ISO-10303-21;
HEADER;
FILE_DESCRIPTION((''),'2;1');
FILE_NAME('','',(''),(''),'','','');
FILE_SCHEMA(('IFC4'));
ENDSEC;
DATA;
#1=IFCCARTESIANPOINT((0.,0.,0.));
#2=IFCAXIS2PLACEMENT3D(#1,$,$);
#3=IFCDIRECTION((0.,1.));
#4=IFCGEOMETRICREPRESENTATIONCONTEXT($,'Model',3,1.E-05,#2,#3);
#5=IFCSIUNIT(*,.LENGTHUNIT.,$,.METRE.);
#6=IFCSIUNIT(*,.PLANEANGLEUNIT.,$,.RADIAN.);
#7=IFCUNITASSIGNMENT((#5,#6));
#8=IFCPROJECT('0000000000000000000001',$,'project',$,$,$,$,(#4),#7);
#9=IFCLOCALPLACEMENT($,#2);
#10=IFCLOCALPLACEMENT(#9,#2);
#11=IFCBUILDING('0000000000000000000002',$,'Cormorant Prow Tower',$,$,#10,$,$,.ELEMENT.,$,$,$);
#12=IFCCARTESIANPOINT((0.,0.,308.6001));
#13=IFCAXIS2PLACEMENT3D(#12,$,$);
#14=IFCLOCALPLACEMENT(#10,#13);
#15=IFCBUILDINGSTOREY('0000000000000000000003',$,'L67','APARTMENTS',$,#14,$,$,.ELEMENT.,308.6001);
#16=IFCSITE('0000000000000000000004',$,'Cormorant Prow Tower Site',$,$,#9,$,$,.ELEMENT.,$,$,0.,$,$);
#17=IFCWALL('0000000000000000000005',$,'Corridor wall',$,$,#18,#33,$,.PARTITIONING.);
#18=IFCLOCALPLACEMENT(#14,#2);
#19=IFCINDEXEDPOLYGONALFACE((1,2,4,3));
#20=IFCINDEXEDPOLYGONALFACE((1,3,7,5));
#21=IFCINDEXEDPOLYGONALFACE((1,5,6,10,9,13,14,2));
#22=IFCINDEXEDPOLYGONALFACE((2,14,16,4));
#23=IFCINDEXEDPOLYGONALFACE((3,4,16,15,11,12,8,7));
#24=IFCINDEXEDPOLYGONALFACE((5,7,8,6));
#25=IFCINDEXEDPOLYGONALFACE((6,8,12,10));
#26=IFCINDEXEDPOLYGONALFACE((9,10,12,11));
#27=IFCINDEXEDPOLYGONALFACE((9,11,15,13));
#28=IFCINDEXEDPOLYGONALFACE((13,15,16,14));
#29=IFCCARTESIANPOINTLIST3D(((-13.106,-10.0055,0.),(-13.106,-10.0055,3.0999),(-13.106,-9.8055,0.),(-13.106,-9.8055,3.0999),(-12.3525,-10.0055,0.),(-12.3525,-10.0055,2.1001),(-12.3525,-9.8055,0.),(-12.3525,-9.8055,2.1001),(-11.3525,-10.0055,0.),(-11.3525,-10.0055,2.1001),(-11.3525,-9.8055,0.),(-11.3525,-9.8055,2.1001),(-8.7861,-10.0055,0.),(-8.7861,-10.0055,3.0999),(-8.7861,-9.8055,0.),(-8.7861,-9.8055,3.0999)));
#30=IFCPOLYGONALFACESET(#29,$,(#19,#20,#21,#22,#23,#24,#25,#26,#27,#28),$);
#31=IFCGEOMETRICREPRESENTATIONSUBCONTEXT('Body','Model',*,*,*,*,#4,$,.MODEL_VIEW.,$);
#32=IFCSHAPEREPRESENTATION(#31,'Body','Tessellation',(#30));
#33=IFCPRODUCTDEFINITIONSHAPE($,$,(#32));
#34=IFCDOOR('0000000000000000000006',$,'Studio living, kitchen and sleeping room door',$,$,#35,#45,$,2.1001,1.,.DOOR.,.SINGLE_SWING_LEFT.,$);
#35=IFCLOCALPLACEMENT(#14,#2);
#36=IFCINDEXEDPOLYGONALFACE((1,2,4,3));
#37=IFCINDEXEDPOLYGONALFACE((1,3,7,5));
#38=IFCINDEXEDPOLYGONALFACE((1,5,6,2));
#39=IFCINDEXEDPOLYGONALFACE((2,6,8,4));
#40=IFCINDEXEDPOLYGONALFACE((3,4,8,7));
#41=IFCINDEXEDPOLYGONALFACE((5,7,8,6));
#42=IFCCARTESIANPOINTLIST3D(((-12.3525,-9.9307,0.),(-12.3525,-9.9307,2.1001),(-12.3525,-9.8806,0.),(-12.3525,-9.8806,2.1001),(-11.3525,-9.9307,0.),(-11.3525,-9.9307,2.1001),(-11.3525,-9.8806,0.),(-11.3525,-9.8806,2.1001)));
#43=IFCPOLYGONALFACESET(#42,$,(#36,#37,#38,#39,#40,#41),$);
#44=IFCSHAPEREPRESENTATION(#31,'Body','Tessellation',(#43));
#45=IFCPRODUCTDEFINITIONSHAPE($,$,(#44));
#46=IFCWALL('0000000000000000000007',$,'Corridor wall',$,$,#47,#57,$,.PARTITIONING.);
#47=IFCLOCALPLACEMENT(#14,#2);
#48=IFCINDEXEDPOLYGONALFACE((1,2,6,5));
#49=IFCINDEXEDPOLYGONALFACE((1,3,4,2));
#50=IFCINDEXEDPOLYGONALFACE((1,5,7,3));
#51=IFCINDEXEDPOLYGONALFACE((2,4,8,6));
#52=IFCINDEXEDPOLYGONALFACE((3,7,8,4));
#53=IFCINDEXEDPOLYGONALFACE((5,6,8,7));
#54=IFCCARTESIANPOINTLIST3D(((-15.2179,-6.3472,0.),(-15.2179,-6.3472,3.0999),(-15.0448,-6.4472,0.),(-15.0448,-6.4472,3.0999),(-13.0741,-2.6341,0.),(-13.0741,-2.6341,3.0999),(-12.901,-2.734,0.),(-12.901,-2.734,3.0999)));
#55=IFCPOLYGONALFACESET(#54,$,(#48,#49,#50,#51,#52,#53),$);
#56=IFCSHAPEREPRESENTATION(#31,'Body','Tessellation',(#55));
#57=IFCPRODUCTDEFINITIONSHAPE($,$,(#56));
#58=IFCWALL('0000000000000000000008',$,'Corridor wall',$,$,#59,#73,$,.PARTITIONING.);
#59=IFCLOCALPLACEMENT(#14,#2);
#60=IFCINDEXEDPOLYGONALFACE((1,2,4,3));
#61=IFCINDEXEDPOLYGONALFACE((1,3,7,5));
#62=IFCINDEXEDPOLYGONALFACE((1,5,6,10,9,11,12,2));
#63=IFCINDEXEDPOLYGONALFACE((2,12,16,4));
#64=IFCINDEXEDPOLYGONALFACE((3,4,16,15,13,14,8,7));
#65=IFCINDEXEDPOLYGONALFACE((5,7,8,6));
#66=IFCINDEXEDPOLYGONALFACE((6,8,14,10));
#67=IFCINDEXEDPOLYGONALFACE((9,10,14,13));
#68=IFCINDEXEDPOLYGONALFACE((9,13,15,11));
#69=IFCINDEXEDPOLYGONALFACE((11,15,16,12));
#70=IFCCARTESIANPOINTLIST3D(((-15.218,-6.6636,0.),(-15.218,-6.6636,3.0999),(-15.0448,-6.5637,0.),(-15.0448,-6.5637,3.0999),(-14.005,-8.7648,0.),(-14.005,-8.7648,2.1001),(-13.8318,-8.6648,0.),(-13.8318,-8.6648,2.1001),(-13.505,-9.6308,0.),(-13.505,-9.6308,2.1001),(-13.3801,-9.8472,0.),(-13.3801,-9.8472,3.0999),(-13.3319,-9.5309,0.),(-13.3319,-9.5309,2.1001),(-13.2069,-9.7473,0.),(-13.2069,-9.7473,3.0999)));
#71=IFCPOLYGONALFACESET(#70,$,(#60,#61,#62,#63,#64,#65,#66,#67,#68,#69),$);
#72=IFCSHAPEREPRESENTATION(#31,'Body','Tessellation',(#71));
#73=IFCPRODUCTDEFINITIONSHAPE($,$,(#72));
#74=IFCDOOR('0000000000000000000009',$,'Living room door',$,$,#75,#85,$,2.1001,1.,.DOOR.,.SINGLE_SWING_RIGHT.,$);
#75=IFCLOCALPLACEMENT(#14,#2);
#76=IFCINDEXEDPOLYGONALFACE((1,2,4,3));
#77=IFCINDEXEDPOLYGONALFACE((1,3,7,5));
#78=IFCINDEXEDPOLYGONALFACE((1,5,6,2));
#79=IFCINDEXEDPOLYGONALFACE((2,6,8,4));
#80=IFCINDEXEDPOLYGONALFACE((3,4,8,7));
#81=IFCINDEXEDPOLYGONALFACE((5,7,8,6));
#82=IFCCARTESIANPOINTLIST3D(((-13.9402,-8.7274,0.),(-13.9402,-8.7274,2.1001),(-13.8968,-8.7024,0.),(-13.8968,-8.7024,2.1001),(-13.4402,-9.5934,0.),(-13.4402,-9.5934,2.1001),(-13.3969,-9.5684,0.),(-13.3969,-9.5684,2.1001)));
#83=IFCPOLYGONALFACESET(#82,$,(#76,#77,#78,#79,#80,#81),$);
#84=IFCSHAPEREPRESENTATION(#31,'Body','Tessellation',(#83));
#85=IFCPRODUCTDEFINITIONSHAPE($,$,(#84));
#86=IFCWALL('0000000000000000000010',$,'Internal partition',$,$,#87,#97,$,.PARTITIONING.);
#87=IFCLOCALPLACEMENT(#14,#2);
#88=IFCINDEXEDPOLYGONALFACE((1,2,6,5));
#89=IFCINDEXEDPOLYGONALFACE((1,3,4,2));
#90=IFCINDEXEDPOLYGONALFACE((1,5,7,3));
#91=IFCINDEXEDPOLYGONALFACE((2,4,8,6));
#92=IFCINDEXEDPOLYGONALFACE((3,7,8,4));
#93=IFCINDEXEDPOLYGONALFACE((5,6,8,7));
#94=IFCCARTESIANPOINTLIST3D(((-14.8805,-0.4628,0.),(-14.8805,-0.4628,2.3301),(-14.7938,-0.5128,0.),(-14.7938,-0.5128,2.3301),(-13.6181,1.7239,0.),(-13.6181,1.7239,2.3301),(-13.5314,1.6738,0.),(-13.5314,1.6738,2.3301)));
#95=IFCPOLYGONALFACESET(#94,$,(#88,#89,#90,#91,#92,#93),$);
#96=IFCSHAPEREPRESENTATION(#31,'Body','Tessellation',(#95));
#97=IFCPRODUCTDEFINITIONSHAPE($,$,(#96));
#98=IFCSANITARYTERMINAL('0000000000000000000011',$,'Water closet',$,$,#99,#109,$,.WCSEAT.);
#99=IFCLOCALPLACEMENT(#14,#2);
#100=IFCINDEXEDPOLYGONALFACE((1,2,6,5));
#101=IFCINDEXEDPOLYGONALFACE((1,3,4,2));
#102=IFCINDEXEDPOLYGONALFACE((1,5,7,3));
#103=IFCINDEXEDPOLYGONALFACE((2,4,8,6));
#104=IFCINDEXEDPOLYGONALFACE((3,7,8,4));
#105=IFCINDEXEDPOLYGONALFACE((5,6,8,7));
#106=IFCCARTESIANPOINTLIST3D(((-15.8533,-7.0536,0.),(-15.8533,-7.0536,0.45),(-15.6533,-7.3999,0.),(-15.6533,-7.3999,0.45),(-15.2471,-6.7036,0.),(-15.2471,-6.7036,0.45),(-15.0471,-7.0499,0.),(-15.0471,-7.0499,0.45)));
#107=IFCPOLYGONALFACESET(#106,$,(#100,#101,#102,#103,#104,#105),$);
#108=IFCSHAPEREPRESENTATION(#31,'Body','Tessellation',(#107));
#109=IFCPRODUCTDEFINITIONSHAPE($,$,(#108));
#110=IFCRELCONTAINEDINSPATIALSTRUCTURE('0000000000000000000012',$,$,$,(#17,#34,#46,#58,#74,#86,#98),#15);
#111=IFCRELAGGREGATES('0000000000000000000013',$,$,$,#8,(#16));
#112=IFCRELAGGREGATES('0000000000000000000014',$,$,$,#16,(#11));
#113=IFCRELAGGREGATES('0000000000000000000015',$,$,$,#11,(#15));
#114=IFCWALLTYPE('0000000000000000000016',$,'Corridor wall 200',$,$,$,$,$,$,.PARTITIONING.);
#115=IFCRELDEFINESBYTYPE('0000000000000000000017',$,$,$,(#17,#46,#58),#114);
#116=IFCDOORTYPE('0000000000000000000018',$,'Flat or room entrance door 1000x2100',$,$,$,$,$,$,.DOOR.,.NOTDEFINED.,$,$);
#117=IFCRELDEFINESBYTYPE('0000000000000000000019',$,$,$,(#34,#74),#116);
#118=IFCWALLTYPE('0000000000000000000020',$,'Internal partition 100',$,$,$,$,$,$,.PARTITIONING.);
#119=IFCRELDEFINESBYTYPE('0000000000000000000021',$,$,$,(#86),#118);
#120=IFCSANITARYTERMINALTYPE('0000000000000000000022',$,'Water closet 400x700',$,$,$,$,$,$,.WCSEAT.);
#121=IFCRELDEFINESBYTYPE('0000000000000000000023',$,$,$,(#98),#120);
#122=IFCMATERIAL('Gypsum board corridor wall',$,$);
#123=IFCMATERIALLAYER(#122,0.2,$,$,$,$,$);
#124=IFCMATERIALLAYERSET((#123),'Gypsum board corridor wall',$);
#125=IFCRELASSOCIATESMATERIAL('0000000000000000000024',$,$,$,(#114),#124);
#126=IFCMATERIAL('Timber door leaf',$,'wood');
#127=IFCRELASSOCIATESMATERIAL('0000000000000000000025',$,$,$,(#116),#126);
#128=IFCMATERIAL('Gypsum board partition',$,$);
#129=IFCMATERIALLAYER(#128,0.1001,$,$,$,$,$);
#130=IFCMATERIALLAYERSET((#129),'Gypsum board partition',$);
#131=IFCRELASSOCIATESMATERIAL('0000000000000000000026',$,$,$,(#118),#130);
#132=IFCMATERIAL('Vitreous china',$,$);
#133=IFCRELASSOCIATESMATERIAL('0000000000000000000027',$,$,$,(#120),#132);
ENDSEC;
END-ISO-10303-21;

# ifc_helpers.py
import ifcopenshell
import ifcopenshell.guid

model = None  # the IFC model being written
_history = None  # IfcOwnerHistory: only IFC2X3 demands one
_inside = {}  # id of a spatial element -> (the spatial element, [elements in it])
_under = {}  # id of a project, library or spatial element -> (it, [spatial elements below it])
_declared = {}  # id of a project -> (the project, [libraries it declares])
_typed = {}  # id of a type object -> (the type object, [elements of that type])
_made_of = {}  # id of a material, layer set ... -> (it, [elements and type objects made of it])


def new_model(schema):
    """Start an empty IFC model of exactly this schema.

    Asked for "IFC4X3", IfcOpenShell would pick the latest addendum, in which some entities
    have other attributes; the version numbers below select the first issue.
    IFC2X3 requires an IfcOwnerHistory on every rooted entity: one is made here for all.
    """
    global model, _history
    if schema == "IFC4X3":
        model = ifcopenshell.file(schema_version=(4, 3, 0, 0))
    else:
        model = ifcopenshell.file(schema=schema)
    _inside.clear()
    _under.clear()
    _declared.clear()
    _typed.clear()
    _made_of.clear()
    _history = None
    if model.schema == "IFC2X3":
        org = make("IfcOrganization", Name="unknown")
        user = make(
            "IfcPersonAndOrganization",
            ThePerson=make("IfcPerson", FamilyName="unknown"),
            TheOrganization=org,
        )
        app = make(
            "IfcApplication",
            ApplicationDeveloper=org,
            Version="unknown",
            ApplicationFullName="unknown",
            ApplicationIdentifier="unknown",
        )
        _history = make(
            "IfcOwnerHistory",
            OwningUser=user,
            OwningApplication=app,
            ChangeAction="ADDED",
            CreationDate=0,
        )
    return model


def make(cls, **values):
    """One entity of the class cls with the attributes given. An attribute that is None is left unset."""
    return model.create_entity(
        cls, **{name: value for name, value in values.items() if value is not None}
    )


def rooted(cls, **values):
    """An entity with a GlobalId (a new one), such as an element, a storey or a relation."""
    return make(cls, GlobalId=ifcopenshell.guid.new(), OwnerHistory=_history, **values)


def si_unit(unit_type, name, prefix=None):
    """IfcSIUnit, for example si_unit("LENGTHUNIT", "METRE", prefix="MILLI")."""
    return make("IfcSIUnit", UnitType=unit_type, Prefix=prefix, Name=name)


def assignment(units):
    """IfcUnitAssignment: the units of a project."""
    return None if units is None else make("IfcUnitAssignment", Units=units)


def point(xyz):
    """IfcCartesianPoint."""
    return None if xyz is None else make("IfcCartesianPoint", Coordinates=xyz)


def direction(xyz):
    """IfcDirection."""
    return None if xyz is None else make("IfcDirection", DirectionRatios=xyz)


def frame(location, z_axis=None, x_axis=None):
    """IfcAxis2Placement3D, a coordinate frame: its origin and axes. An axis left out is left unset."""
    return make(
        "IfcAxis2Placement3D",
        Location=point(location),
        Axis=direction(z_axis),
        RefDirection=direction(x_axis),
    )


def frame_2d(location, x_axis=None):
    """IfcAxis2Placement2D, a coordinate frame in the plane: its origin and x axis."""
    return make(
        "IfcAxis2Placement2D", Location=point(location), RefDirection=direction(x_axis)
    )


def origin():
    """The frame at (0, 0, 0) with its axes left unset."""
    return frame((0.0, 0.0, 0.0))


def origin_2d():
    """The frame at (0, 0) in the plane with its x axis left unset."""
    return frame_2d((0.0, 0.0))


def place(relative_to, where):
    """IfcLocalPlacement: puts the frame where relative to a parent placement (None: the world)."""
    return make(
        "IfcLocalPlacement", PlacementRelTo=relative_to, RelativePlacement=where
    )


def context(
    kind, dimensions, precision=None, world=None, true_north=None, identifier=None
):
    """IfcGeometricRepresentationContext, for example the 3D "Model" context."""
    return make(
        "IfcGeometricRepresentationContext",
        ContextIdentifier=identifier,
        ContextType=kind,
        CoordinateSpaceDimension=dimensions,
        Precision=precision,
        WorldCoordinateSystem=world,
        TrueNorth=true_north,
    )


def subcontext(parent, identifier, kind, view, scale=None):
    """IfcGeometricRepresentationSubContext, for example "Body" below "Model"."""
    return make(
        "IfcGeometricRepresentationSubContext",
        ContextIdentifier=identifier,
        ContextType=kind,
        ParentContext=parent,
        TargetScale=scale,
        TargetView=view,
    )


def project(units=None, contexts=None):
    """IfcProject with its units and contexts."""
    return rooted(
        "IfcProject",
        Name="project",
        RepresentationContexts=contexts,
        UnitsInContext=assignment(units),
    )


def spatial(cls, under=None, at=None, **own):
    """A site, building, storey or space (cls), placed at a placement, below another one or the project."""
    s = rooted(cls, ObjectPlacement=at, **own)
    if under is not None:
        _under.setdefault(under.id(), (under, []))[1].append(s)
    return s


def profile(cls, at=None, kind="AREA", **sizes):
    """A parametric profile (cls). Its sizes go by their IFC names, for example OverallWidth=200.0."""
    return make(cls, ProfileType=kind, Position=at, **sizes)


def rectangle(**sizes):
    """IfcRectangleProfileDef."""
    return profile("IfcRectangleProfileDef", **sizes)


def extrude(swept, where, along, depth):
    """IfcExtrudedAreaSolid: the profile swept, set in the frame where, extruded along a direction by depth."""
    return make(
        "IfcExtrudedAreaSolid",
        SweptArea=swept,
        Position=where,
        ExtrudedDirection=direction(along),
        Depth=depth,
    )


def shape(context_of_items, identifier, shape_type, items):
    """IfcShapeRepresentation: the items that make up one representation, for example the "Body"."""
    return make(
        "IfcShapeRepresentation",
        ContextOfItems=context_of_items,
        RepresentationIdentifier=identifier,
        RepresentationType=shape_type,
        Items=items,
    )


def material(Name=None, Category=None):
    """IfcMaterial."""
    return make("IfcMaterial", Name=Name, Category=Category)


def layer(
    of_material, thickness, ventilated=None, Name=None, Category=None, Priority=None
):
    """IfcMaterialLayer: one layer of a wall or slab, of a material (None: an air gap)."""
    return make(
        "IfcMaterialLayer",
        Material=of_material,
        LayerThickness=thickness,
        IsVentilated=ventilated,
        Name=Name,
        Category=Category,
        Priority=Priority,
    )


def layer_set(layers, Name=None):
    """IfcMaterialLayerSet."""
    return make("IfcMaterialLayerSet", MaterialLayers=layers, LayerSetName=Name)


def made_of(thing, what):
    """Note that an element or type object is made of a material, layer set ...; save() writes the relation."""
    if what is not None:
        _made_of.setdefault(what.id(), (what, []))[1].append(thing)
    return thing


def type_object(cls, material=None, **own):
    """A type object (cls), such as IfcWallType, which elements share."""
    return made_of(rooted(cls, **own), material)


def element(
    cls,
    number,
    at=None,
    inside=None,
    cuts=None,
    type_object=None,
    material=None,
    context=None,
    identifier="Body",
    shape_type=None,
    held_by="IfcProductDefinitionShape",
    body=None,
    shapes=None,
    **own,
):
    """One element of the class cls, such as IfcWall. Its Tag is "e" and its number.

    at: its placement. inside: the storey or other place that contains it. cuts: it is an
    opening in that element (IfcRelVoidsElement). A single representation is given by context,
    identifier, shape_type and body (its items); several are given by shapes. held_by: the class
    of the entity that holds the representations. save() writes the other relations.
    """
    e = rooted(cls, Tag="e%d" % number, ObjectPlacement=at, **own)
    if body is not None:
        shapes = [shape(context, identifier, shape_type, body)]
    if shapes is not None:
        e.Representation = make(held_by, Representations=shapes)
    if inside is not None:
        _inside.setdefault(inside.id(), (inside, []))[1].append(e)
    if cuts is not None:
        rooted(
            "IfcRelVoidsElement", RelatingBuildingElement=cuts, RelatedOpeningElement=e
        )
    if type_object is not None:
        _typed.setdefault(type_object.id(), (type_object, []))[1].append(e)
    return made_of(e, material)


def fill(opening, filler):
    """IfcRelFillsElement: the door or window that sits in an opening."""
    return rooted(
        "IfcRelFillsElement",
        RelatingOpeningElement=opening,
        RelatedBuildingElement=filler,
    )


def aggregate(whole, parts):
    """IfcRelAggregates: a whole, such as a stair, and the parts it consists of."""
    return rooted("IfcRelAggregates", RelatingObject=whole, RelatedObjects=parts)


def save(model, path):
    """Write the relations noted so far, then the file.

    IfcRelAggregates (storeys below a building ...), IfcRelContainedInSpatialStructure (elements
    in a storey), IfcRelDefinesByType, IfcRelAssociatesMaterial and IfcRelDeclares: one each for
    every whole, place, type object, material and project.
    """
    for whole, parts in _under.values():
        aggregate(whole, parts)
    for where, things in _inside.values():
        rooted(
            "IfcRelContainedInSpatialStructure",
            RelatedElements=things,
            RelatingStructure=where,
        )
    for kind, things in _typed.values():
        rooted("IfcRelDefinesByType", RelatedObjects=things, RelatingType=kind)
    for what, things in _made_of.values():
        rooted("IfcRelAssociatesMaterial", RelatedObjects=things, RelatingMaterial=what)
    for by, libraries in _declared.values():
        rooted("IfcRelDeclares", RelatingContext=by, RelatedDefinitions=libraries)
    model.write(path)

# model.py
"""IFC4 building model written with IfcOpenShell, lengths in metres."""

from ifc_helpers import new_model, si_unit, direction, frame, frame_2d, origin, origin_2d, place, context, subcontext, project, spatial, rectangle, extrude, material, layer, layer_set, type_object, element, fill, save


model = new_model("IFC4")

# Units and contexts
model_context = context("Model", 3, precision=1e-05, world=origin(), true_north=direction((0.0, 1.0)))
body_context = subcontext(model_context, "Body", "Model", "MODEL_VIEW")
ifc_project = project(units=[si_unit("LENGTHUNIT", "METRE"), si_unit("PLANEANGLEUNIT", "RADIAN")], contexts=[model_context])

# Site, building, storey
site_placement = place(None, origin())
site = spatial("IfcSite", under=ifc_project, at=site_placement, Name="Cormorant Prow Tower Site", CompositionType="ELEMENT", RefElevation=0.0)
building_placement = place(site_placement, origin())
building = spatial("IfcBuilding", under=site, at=building_placement, Name="Cormorant Prow Tower", CompositionType="ELEMENT")
storey_placement = place(building_placement, frame((0.0, 0.0, 308.6001)))
storey = spatial("IfcBuildingStorey", under=building, at=storey_placement, Name="L67", Description="APARTMENTS", CompositionType="ELEMENT", Elevation=308.6001)

# Wall, opening, door
ifc_material_1 = material(Name="Gypsum board corridor wall")
ifc_layer_1 = layer(ifc_material_1, 0.2)
ifc_layer_set_1 = layer_set([ifc_layer_1], Name="Gypsum board corridor wall")
wall_type_1 = type_object("IfcWallType", Name="Corridor wall 200", PredefinedType="PARTITIONING", material=ifc_layer_set_1)
ifc_material_2 = material(Name="Timber door leaf", Category="wood")
door_type = type_object("IfcDoorType", Name="Flat or room entrance door 1000x2100", OperationType="NOTDEFINED", PredefinedType="DOOR", material=ifc_material_2)
wall_1_placement = place(storey_placement, frame((-13.106, -9.9055, 0.0), z_axis=(0.0, 0.0, 1.0), x_axis=(1.0, 0.0, 0.0)))
wall_1 = element("IfcWall", 1, at=wall_1_placement, inside=storey, type_object=wall_type_1, Name="Corridor wall", PredefinedType="PARTITIONING", context=body_context, shape_type="SweptSolid", body=[
    extrude(rectangle(XDim=4.3198, YDim=0.2, at=frame_2d((2.1599, 0.0))), origin(), (0.0, 0.0, 1.0), 3.0999),
])
opening_1_placement = place(wall_1_placement, frame((0.7534, 0.0, 0.0)))
opening_1 = element("IfcOpeningElement", 2, at=opening_1_placement, cuts=wall_1, PredefinedType="OPENING", context=body_context, shape_type="SweptSolid", body=[
    extrude(rectangle(XDim=1.0, YDim=2.1001, at=frame_2d((0.5, 1.05))), frame((0.0, 0.1099, 0.0), z_axis=(0.0, -1.0, 0.0), x_axis=(1.0, 0.0, 0.0)), (0.0, 0.0, 1.0), 0.22),
])
door_1_placement = place(opening_1_placement, origin())
door_1 = element("IfcDoor", 3, at=door_1_placement, inside=storey, type_object=door_type, Name="Studio living, kitchen and sleeping room door", OperationType="SINGLE_SWING_LEFT", OverallHeight=2.1001, OverallWidth=1.0, PredefinedType="DOOR", context=body_context, shape_type="SweptSolid", body=[
    extrude(rectangle(XDim=1.0, YDim=2.1001, at=frame_2d((0.5, 1.05))), frame((0.0, 0.0249, 0.0), z_axis=(0.0, -1.0, 0.0), x_axis=(1.0, 0.0, 0.0)), (0.0, 0.0, 1.0), 0.05),
])
fill(opening_1, door_1)

# Wall
wall_2_placement = place(storey_placement, frame((-15.1313, -6.3972, 0.0), z_axis=(0.0, 0.0, 1.0), x_axis=(0.500003, 0.866023, 0.0)))
element("IfcWall", 4, at=wall_2_placement, inside=storey, type_object=wall_type_1, Name="Corridor wall", PredefinedType="PARTITIONING", context=body_context, shape_type="SweptSolid", body=[
    extrude(rectangle(XDim=4.2876, YDim=0.2, at=frame_2d((2.1438, 0.0))), origin(), (0.0, 0.0, 1.0), 3.0999),
])

# Wall, opening, door
wall_3_placement = place(storey_placement, frame((-15.1313, -6.6138, 0.0), z_axis=(0.0, 0.0, 1.0), x_axis=(0.499968, -0.866044, 0.0)))
wall_3 = element("IfcWall", 5, at=wall_3_placement, inside=storey, type_object=wall_type_1, Name="Corridor wall", PredefinedType="PARTITIONING", context=body_context, shape_type="SweptSolid", body=[
    extrude(rectangle(XDim=3.676, YDim=0.2, at=frame_2d((1.8379, 0.0))), origin(), (0.0, 0.0, 1.0), 3.0999),
])
opening_2_placement = place(wall_3_placement, frame((2.426, 0.0, 0.0)))
opening_2 = element("IfcOpeningElement", 6, at=opening_2_placement, cuts=wall_3, PredefinedType="OPENING", context=body_context, shape_type="SweptSolid", body=[
    extrude(rectangle(XDim=1.0, YDim=2.1001, at=frame_2d((0.5, 1.05))), frame((0.0, 0.1099, 0.0), z_axis=(0.0, -1.0, 0.0), x_axis=(1.0, 0.0, 0.0)), (0.0, 0.0, 1.0), 0.22),
])
door_2_placement = place(opening_2_placement, origin())
door_2 = element("IfcDoor", 7, at=door_2_placement, inside=storey, type_object=door_type, Name="Living room door", OperationType="SINGLE_SWING_RIGHT", OverallHeight=2.1001, OverallWidth=1.0, PredefinedType="DOOR", context=body_context, shape_type="SweptSolid", body=[
    extrude(rectangle(XDim=1.0, YDim=2.1001, at=frame_2d((0.5, 1.05))), frame((0.0, 0.0249, 0.0), z_axis=(0.0, -1.0, 0.0), x_axis=(1.0, 0.0, 0.0)), (0.0, 0.0, 1.0), 0.05),
])
fill(opening_2, door_2)

# Wall
ifc_material_3 = material(Name="Gypsum board partition")
ifc_layer_2 = layer(ifc_material_3, 0.1001)
ifc_layer_set_2 = layer_set([ifc_layer_2], Name="Gypsum board partition")
wall_type_2 = type_object("IfcWallType", Name="Internal partition 100", PredefinedType="PARTITIONING", material=ifc_layer_set_2)
wall_4_placement = place(storey_placement, frame((-14.8372, -0.4878, 0.0), z_axis=(0.0, 0.0, 1.0), x_axis=(0.499976, 0.866039, 0.0)))
element("IfcWall", 8, at=wall_4_placement, inside=storey, type_object=wall_type_2, Name="Internal partition", PredefinedType="PARTITIONING", context=body_context, shape_type="SweptSolid", body=[
    extrude(rectangle(XDim=2.5249, YDim=0.1001, at=frame_2d((1.2625, 0.0))), origin(), (0.0, 0.0, 1.0), 2.3301),
])

# Sanitary terminal
ifc_material_4 = material(Name="Vitreous china")
sanitary_terminal_type = type_object("IfcSanitaryTerminalType", Name="Water closet 400x700", PredefinedType="WCSEAT", material=ifc_material_4)
sanitary_terminal_placement = place(storey_placement, frame((-15.4502, -7.0518, 0.0), z_axis=(0.0, 0.0, 1.0), x_axis=(0.5, -0.866025, 0.0)))
element("IfcSanitaryTerminal", 9, at=sanitary_terminal_placement, inside=storey, type_object=sanitary_terminal_type, Name="Water closet", PredefinedType="WCSEAT", context=body_context, shape_type="SweptSolid", body=[
    extrude(rectangle(XDim=0.3999, YDim=0.7, at=origin_2d()), origin(), (0.0, 0.0, 1.0), 0.45),
])

save(model, "model.ifc")
